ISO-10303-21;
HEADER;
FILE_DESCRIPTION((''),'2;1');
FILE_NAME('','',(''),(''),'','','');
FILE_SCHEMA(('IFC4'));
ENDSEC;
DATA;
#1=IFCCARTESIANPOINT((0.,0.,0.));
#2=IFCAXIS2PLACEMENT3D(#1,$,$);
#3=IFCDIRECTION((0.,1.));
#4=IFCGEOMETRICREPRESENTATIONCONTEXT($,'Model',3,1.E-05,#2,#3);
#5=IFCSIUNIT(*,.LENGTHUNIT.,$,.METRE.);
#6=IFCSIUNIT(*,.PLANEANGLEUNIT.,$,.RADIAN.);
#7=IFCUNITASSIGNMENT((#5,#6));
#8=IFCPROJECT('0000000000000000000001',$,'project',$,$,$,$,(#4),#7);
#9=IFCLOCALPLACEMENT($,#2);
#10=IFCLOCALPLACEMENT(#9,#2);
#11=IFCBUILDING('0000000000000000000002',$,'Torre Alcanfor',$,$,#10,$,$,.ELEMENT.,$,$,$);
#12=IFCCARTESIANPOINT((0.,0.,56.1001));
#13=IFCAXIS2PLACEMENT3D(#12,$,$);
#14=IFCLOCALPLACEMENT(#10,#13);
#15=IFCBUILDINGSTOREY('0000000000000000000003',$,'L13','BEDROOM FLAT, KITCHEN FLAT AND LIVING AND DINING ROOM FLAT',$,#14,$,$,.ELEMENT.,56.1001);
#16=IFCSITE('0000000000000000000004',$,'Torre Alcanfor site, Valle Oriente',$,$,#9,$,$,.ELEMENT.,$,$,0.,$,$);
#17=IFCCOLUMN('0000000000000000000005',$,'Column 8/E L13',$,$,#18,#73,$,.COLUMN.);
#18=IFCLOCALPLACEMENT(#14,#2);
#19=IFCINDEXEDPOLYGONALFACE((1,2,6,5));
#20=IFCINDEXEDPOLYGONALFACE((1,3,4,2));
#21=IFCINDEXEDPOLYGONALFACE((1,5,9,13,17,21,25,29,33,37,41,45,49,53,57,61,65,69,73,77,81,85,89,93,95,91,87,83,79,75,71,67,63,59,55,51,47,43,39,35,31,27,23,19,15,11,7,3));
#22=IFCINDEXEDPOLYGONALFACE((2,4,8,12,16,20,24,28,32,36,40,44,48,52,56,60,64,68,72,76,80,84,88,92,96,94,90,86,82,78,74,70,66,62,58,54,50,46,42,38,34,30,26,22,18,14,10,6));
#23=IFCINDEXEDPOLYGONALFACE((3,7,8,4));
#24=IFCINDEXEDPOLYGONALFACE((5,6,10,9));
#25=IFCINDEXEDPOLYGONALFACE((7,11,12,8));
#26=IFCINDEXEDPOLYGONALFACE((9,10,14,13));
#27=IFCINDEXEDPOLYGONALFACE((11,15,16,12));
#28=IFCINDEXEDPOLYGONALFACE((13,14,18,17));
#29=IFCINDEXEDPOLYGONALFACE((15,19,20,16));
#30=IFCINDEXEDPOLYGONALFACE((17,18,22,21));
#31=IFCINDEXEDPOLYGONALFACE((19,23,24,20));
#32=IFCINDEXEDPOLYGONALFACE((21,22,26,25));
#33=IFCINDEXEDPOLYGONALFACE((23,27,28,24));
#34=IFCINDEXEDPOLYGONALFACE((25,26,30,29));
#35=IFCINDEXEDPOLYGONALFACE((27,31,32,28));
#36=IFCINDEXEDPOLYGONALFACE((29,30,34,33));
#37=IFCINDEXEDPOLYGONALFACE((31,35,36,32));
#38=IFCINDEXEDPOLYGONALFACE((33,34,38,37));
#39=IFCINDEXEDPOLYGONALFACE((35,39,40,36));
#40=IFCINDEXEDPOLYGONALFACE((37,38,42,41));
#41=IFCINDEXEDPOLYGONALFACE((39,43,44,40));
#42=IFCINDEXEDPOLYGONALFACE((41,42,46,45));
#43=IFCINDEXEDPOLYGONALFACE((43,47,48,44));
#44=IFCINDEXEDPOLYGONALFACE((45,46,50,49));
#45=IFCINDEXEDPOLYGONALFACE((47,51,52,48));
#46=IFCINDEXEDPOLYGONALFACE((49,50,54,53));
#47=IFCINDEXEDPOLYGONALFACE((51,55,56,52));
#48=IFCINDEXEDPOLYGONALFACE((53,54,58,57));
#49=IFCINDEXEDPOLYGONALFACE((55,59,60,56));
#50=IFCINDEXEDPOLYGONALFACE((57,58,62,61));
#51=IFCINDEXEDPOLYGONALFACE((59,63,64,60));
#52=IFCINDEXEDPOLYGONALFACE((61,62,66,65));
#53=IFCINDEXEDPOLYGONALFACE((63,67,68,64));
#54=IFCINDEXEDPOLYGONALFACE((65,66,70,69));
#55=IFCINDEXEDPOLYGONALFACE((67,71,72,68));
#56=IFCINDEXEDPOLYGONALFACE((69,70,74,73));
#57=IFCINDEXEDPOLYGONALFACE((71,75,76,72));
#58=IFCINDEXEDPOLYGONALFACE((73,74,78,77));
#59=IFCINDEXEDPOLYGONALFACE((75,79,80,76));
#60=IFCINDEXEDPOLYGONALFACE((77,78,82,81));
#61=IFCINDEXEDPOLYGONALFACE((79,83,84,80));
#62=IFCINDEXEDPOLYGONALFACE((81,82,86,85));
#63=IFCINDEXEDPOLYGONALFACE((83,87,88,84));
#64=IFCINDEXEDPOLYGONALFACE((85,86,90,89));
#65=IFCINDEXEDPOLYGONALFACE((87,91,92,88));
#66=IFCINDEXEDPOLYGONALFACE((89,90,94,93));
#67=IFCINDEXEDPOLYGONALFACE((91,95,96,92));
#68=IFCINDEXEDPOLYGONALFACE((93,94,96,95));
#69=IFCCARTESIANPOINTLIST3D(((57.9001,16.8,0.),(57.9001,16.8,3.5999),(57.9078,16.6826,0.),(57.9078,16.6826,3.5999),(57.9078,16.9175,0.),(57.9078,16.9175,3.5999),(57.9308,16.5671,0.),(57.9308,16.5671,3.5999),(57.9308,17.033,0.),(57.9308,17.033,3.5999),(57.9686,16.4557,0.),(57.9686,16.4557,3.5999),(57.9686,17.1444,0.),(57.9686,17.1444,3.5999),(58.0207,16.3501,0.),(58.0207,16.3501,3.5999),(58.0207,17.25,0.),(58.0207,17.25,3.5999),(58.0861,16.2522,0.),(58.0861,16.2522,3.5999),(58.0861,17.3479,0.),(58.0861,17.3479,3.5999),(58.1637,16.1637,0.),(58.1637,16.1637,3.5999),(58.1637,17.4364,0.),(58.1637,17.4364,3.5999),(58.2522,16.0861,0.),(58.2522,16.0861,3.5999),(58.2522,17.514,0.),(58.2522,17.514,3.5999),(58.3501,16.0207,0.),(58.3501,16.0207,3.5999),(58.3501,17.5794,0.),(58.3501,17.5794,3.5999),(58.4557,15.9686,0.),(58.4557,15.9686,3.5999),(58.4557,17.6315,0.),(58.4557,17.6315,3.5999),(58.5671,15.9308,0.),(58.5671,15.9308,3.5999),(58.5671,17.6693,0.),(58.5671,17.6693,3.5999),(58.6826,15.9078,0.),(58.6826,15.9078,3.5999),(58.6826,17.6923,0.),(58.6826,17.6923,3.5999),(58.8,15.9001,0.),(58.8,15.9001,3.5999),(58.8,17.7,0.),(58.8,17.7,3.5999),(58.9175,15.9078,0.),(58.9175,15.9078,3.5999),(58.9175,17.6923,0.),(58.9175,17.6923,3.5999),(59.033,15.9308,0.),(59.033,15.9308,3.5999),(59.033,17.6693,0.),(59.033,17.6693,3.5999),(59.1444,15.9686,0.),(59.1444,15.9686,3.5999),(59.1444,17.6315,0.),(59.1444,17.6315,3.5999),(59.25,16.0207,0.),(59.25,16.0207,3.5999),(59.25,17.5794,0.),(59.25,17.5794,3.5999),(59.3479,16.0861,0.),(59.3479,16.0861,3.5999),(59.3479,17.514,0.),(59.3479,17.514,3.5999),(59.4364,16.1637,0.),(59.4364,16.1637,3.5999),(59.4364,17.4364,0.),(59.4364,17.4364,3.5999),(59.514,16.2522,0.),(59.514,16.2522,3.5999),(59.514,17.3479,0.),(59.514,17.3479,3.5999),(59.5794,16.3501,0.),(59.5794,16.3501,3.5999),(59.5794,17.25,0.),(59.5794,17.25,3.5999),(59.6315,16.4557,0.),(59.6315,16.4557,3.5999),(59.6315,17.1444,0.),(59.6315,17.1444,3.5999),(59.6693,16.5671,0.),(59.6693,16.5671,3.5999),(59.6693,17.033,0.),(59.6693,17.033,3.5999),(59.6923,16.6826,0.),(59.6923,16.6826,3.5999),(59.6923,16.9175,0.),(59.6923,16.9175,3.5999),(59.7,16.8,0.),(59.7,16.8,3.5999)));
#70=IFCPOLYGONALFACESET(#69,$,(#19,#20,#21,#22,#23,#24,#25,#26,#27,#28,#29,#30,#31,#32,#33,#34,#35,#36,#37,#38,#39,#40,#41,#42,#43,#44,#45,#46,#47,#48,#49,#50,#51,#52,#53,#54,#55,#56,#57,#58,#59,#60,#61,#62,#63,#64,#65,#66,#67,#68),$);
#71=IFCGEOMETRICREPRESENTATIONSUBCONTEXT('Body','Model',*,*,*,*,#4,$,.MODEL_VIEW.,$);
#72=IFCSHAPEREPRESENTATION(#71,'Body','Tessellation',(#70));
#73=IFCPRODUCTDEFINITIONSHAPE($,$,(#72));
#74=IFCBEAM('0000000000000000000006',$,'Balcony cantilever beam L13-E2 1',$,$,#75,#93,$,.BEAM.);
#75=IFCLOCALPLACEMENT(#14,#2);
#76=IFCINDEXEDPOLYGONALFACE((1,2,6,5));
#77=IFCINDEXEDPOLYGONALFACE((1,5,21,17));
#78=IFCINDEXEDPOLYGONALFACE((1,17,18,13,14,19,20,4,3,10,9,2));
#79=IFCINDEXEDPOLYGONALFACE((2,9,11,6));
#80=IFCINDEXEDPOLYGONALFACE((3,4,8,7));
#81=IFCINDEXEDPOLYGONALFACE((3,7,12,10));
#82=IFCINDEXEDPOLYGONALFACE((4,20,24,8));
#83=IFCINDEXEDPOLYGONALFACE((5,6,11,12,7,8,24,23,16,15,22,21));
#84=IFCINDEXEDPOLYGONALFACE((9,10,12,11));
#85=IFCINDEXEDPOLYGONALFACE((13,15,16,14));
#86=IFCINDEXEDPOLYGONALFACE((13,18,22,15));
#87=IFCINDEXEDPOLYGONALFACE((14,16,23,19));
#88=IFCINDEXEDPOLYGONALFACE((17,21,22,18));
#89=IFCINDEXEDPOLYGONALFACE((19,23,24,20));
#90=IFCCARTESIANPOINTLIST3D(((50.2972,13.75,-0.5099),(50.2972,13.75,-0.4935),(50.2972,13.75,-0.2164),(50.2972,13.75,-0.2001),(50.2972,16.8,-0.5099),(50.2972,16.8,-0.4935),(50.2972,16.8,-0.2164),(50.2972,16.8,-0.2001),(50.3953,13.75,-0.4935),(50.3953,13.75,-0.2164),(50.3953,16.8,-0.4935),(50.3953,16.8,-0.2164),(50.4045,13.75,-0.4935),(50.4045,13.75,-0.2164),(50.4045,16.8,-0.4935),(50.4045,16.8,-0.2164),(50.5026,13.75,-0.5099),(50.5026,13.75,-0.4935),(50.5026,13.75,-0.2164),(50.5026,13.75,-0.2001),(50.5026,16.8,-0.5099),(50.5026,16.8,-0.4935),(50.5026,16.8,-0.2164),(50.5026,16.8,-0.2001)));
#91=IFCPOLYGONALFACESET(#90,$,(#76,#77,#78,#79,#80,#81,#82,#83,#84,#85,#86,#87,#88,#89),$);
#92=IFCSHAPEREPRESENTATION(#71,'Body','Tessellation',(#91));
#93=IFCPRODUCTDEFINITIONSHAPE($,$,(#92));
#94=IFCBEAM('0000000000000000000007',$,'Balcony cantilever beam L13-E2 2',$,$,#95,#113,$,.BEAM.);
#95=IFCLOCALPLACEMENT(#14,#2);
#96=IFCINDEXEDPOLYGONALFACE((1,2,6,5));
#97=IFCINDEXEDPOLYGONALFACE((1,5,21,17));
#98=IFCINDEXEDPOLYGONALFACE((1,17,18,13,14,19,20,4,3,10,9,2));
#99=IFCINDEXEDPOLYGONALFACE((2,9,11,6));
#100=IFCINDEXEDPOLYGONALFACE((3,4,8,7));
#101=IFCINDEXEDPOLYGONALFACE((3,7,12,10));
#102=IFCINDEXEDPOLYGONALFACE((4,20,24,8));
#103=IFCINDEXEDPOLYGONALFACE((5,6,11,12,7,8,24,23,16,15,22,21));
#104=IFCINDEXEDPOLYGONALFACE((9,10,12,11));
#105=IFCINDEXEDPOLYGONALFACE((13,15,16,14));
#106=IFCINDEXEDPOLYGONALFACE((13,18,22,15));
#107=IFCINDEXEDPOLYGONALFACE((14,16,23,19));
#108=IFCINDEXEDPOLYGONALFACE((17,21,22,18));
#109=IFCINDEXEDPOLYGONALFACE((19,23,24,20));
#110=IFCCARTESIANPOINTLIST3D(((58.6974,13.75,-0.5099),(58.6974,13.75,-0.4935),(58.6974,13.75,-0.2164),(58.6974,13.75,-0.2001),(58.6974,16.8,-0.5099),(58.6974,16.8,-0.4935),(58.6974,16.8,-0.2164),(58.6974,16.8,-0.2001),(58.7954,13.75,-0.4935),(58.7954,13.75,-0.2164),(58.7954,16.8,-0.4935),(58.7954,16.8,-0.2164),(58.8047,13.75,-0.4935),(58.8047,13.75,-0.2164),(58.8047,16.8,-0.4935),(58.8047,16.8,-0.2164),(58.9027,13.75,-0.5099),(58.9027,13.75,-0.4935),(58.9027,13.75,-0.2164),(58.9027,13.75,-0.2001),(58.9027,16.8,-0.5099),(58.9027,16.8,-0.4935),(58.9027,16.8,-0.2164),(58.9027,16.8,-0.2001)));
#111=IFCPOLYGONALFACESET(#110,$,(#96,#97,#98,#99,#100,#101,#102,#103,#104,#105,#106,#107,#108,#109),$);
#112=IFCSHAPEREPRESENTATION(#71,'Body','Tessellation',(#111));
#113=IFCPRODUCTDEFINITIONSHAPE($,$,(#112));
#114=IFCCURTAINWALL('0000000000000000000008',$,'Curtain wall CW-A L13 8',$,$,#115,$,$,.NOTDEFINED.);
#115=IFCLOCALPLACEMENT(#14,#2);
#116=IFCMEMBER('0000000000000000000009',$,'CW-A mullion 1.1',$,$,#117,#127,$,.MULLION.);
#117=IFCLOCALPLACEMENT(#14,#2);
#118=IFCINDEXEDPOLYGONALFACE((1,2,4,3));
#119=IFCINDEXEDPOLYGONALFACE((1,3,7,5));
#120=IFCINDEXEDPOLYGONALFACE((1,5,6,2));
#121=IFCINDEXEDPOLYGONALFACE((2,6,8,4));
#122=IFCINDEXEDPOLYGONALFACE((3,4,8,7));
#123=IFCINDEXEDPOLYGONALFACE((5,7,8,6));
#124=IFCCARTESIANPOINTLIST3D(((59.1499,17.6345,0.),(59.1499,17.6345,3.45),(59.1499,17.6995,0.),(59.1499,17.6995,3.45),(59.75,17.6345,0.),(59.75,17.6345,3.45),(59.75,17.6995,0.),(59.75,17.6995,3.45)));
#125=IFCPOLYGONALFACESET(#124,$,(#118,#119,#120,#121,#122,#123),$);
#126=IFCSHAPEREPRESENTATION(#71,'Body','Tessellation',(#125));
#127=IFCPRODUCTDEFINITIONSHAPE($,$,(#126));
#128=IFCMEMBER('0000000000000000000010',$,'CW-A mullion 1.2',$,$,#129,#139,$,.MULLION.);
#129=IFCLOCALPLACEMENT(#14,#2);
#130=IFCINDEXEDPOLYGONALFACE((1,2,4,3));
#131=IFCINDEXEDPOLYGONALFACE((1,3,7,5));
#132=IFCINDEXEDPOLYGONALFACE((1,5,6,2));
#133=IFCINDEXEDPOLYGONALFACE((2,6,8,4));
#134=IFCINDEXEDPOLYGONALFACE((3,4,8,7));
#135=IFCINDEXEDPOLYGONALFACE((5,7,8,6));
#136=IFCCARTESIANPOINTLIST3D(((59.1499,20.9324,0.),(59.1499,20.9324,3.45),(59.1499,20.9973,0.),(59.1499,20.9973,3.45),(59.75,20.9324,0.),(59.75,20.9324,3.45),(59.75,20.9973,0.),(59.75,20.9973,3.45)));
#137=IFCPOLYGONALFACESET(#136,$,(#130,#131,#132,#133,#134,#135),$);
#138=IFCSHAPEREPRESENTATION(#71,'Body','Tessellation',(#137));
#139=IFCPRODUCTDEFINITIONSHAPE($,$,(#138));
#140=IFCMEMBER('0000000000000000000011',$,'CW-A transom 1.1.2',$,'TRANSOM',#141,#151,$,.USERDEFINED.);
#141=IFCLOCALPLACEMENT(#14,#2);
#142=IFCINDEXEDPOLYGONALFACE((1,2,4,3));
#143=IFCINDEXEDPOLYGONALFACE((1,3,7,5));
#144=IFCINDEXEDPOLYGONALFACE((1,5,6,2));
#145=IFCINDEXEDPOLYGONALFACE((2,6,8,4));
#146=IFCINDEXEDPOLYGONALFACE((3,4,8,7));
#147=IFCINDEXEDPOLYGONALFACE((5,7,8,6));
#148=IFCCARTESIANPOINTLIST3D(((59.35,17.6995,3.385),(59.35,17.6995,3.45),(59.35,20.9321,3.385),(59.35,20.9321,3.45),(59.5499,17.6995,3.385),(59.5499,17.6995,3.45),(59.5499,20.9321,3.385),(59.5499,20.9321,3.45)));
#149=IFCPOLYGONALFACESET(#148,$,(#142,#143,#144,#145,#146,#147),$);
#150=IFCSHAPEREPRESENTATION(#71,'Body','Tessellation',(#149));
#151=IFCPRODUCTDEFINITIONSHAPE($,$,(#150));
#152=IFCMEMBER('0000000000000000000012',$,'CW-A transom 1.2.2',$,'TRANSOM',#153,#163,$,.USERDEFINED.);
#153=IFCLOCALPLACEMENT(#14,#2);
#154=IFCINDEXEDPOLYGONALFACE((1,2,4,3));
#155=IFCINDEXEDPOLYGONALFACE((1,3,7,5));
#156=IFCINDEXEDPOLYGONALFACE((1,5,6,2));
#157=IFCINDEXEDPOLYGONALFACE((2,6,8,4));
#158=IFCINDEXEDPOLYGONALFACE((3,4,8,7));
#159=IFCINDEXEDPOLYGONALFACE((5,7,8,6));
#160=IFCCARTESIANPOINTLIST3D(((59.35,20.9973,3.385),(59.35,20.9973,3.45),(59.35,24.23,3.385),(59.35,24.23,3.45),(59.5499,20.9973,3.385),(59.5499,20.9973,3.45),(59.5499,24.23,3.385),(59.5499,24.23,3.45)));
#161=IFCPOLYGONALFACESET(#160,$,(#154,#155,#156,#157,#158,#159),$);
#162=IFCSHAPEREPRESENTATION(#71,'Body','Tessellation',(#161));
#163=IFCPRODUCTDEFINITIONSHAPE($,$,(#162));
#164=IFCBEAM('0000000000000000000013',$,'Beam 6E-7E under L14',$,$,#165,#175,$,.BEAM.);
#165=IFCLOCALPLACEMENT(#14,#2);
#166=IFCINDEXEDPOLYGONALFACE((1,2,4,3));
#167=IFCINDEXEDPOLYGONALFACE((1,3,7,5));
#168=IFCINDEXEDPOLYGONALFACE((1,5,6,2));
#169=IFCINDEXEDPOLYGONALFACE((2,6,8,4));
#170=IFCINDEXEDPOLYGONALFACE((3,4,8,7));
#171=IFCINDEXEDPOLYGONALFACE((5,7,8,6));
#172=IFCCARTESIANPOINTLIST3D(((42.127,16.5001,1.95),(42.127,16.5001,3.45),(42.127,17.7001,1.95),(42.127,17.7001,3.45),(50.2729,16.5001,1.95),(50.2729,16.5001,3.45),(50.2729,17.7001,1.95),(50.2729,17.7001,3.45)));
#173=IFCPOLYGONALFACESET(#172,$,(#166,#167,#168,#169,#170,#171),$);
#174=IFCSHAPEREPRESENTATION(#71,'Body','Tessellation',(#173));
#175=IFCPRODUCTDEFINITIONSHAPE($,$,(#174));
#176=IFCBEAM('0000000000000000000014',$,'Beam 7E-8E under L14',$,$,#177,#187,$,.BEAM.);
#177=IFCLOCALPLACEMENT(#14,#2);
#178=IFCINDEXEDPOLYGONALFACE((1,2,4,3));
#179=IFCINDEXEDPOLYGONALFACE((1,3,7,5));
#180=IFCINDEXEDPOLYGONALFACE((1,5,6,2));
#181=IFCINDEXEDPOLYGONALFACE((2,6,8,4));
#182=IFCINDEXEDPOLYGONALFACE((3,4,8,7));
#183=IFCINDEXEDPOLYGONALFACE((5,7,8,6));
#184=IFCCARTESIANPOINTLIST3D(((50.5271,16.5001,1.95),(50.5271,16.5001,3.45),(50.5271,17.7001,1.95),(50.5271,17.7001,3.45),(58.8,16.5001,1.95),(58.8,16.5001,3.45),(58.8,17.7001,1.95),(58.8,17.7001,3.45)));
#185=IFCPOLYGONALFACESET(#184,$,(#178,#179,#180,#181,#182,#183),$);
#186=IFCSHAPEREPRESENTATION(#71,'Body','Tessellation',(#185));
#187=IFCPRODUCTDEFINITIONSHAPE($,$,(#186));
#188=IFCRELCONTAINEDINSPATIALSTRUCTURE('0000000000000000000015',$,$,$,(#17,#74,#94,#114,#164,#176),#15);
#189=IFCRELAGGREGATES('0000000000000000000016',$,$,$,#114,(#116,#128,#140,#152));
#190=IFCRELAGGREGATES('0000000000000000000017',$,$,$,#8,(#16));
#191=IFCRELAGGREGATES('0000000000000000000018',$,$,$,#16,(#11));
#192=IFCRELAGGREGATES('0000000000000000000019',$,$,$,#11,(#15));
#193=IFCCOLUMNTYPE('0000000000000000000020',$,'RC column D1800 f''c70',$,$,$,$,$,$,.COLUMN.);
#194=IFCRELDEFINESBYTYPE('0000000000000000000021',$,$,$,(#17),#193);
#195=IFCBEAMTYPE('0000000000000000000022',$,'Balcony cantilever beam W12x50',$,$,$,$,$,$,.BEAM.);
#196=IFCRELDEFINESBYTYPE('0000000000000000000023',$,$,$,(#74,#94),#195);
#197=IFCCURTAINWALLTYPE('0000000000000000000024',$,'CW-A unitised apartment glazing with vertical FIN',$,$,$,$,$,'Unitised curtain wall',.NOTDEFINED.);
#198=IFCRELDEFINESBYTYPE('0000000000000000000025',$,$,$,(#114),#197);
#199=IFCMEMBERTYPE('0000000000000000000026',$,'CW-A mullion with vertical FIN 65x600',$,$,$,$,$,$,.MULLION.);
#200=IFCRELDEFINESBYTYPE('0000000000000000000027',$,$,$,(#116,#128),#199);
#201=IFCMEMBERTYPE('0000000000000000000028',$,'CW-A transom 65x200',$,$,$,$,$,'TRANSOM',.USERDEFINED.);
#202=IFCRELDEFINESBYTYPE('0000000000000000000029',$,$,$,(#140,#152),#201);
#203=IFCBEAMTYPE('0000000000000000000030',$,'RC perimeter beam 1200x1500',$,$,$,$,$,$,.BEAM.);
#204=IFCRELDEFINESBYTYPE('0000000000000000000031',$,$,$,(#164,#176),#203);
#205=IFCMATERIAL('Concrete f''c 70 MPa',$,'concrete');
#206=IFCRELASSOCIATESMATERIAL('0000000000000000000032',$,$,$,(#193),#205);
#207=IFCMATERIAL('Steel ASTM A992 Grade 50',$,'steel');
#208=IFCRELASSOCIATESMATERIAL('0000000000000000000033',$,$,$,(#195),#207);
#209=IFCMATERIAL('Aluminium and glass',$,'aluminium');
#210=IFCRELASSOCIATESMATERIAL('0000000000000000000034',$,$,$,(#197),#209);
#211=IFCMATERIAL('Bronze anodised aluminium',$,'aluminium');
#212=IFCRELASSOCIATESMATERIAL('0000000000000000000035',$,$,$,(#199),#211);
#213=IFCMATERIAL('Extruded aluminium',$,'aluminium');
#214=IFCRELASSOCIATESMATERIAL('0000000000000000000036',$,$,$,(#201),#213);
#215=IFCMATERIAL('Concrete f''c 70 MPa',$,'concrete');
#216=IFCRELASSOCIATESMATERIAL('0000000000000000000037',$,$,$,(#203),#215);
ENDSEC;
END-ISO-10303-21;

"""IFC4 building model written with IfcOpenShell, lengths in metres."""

from ifc_helpers import new_model, si_unit, direction, frame, origin, origin_2d, place, context, subcontext, project, spatial, rectangle, circle, i_section, extrude, material, material_profile, profile_set, type_object, element, aggregate, save


model = new_model("IFC4")

# Units and contexts
model_context = context("Model", 3, precision=1e-05, world=origin(), true_north=direction((0.0, 1.0)))
body_context = subcontext(model_context, "Body", "Model", "MODEL_VIEW")
ifc_project = project(units=[si_unit("LENGTHUNIT", "METRE"), si_unit("PLANEANGLEUNIT", "RADIAN")], contexts=[model_context])

# Site, building, storey
site_placement = place(None, origin())
site = spatial("IfcSite", under=ifc_project, at=site_placement, Name="Torre Alcanfor site, Valle Oriente", CompositionType="ELEMENT", RefElevation=0.0)
building_placement = place(site_placement, origin())
building = spatial("IfcBuilding", under=site, at=building_placement, Name="Torre Alcanfor", CompositionType="ELEMENT")
storey_placement = place(building_placement, frame((0.0, 0.0, 56.1001)))
storey = spatial("IfcBuildingStorey", under=building, at=storey_placement, Name="L13", Description="BEDROOM FLAT, KITCHEN FLAT AND LIVING AND DINING ROOM FLAT", CompositionType="ELEMENT", Elevation=56.1001)

# Column
ifc_material_1 = material(Name="Concrete f'c 70 MPa", Category="concrete")
ifc_material_profile_1 = material_profile(ifc_material_1, circle(Radius=0.8999, at=origin_2d()), Name="D1800")
ifc_profile_set_1 = profile_set([ifc_material_profile_1], Name="Concrete f'c 70 MPa")
column_type = type_object("IfcColumnType", Name="RC column D1800 f'c70", PredefinedType="COLUMN", material=ifc_profile_set_1)
column_placement = place(storey_placement, frame((58.8, 16.8, 0.0), z_axis=(0.0, 0.0, 1.0), x_axis=(1.0, 0.0, 0.0)))
element("IfcColumn", 1, at=column_placement, inside=storey, type_object=column_type, Name="Column 8/E L13", PredefinedType="COLUMN", context=body_context, shape_type="SweptSolid", body=[
    extrude(circle(Radius=0.8999, at=origin_2d()), origin(), (0.0, 0.0, 1.0), 3.5999),
])

# Beams
ifc_material_2 = material(Name="Steel ASTM A992 Grade 50", Category="steel")
ifc_material_profile_2 = material_profile(ifc_material_2, i_section(OverallWidth=0.2053, OverallDepth=0.3098, WebThickness=0.0093, FlangeThickness=0.0164, at=origin_2d()), Name="W12x50")
ifc_profile_set_2 = profile_set([ifc_material_profile_2], Name="Steel ASTM A992 Grade 50")
beam_type_1 = type_object("IfcBeamType", Name="Balcony cantilever beam W12x50", PredefinedType="BEAM", material=ifc_profile_set_2)
for number, where, z_axis, x_axis, name in (
    (2, (50.3999, 16.8, -0.355), (0.0, -1.0, 0.0), (1.0, 0.0, 0.0), "Balcony cantilever beam L13-E2 1"),
    (3, (58.8, 16.8, -0.355), (0.0, -1.0, 0.0), (1.0, 0.0, 0.0), "Balcony cantilever beam L13-E2 2"),
):
    element("IfcBeam", number, at=place(storey_placement, frame(where, z_axis=z_axis, x_axis=x_axis)), inside=storey, type_object=beam_type_1, Name=name, PredefinedType="BEAM", context=body_context, shape_type="SweptSolid", body=[
        extrude(i_section(OverallWidth=0.2053, OverallDepth=0.3098, WebThickness=0.0093, FlangeThickness=0.0164, at=origin_2d()), origin(), (0.0, 0.0, 1.0), 3.05),
    ])

# Curtain wall, members
ifc_material_3 = material(Name="Aluminium and glass", Category="aluminium")
curtain_wall_type = type_object("IfcCurtainWallType", Name="CW-A unitised apartment glazing with vertical FIN", ElementType="Unitised curtain wall", PredefinedType="NOTDEFINED", material=ifc_material_3)
curtain_wall_placement = place(storey_placement, origin())
curtain_wall = element("IfcCurtainWall", 4, at=curtain_wall_placement, inside=storey, type_object=curtain_wall_type, Name="Curtain wall CW-A L13 8", PredefinedType="NOTDEFINED")
ifc_material_4 = material(Name="Bronze anodised aluminium", Category="aluminium")
ifc_material_profile_3 = material_profile(ifc_material_4, rectangle(XDim=0.6001, YDim=0.0649, at=origin_2d()), Name="CW-A mullion 65x600")
ifc_profile_set_3 = profile_set([ifc_material_profile_3], Name="Bronze anodised aluminium")
member_type_1 = type_object("IfcMemberType", Name="CW-A mullion with vertical FIN 65x600", PredefinedType="MULLION", material=ifc_profile_set_3)
member_1_placement = place(storey_placement, frame((59.45, 17.667, 0.0), z_axis=(0.0, 0.0, 1.0), x_axis=(-1.0, 0.0, 0.0)))
member_1 = element("IfcMember", 5, at=member_1_placement, type_object=member_type_1, Name="CW-A mullion 1.1", PredefinedType="MULLION", context=body_context, shape_type="SweptSolid", body=[
    extrude(rectangle(XDim=0.6001, YDim=0.0649, at=origin_2d()), origin(), (0.0, 0.0, 1.0), 3.45),
])
member_2_placement = place(storey_placement, frame((59.45, 20.9648, 0.0), z_axis=(0.0, 0.0, 1.0), x_axis=(-1.0, 0.0, 0.0)))
member_2 = element("IfcMember", 6, at=member_2_placement, type_object=member_type_1, Name="CW-A mullion 1.2", PredefinedType="MULLION", context=body_context, shape_type="SweptSolid", body=[
    extrude(rectangle(XDim=0.6001, YDim=0.0649, at=origin_2d()), origin(), (0.0, 0.0, 1.0), 3.45),
])
ifc_material_5 = material(Name="Extruded aluminium", Category="aluminium")
ifc_material_profile_4 = material_profile(ifc_material_5, rectangle(XDim=0.2, YDim=0.0649, at=origin_2d()), Name="CW-A transom 200x65")
ifc_profile_set_4 = profile_set([ifc_material_profile_4], Name="Extruded aluminium")
member_type_2 = type_object("IfcMemberType", Name="CW-A transom 65x200", ElementType="TRANSOM", PredefinedType="USERDEFINED", material=ifc_profile_set_4)
member_3_placement = place(storey_placement, frame((59.45, 17.6995, 3.4175), z_axis=(0.0, 1.0, 0.0), x_axis=(-1.0, 0.0, 0.0)))
member_3 = element("IfcMember", 7, at=member_3_placement, type_object=member_type_2, Name="CW-A transom 1.1.2", ObjectType="TRANSOM", PredefinedType="USERDEFINED", context=body_context, shape_type="SweptSolid", body=[
    extrude(rectangle(XDim=0.2, YDim=0.0649, at=origin_2d()), origin(), (0.0, 0.0, 1.0), 3.2327),
])
member_4_placement = place(storey_placement, frame((59.45, 20.9973, 3.4175), z_axis=(0.0, 1.0, 0.0), x_axis=(-1.0, 0.0, 0.0)))
member_4 = element("IfcMember", 8, at=member_4_placement, type_object=member_type_2, Name="CW-A transom 1.2.2", ObjectType="TRANSOM", PredefinedType="USERDEFINED", context=body_context, shape_type="SweptSolid", body=[
    extrude(rectangle(XDim=0.2, YDim=0.0649, at=origin_2d()), origin(), (0.0, 0.0, 1.0), 3.2327),
])

# Beams
ifc_material_6 = material(Name="Concrete f'c 70 MPa", Category="concrete")
ifc_material_profile_5 = material_profile(ifc_material_6, rectangle(XDim=1.2, YDim=1.5, at=origin_2d()), Name="1200x1500")
ifc_profile_set_5 = profile_set([ifc_material_profile_5], Name="Concrete f'c 70 MPa")
beam_type_2 = type_object("IfcBeamType", Name="RC perimeter beam 1200x1500", PredefinedType="BEAM", material=ifc_profile_set_5)
beam_placement = place(storey_placement, frame((42.127, 17.1001, 2.7), z_axis=(1.0, 0.0, 0.0), x_axis=(0.0, 1.0, 0.0)))
element("IfcBeam", 9, at=beam_placement, inside=storey, type_object=beam_type_2, Name="Beam 6E-7E under L14", PredefinedType="BEAM", context=body_context, shape_type="SweptSolid", body=[
    extrude(rectangle(XDim=1.2, YDim=1.5, at=origin_2d()), origin(), (0.0, 0.0, 1.0), 8.146),
])
for number, where, z_axis, x_axis, name in (
    (10, (50.5271, 17.1001, 2.7), (1.0, 0.0, 0.0), (0.0, 1.0, 0.0), "Beam 7E-8E under L14"),
):
    element("IfcBeam", number, at=place(storey_placement, frame(where, z_axis=z_axis, x_axis=x_axis)), inside=storey, type_object=beam_type_2, Name=name, PredefinedType="BEAM", context=body_context, shape_type="SweptSolid", body=[
        extrude(rectangle(XDim=1.2, YDim=1.5, at=origin_2d()), origin(), (0.0, 0.0, 1.0), 8.2729),
    ])

aggregate(curtain_wall, [member_1, member_2, member_3, member_4])

save(model, "model.ifc")
